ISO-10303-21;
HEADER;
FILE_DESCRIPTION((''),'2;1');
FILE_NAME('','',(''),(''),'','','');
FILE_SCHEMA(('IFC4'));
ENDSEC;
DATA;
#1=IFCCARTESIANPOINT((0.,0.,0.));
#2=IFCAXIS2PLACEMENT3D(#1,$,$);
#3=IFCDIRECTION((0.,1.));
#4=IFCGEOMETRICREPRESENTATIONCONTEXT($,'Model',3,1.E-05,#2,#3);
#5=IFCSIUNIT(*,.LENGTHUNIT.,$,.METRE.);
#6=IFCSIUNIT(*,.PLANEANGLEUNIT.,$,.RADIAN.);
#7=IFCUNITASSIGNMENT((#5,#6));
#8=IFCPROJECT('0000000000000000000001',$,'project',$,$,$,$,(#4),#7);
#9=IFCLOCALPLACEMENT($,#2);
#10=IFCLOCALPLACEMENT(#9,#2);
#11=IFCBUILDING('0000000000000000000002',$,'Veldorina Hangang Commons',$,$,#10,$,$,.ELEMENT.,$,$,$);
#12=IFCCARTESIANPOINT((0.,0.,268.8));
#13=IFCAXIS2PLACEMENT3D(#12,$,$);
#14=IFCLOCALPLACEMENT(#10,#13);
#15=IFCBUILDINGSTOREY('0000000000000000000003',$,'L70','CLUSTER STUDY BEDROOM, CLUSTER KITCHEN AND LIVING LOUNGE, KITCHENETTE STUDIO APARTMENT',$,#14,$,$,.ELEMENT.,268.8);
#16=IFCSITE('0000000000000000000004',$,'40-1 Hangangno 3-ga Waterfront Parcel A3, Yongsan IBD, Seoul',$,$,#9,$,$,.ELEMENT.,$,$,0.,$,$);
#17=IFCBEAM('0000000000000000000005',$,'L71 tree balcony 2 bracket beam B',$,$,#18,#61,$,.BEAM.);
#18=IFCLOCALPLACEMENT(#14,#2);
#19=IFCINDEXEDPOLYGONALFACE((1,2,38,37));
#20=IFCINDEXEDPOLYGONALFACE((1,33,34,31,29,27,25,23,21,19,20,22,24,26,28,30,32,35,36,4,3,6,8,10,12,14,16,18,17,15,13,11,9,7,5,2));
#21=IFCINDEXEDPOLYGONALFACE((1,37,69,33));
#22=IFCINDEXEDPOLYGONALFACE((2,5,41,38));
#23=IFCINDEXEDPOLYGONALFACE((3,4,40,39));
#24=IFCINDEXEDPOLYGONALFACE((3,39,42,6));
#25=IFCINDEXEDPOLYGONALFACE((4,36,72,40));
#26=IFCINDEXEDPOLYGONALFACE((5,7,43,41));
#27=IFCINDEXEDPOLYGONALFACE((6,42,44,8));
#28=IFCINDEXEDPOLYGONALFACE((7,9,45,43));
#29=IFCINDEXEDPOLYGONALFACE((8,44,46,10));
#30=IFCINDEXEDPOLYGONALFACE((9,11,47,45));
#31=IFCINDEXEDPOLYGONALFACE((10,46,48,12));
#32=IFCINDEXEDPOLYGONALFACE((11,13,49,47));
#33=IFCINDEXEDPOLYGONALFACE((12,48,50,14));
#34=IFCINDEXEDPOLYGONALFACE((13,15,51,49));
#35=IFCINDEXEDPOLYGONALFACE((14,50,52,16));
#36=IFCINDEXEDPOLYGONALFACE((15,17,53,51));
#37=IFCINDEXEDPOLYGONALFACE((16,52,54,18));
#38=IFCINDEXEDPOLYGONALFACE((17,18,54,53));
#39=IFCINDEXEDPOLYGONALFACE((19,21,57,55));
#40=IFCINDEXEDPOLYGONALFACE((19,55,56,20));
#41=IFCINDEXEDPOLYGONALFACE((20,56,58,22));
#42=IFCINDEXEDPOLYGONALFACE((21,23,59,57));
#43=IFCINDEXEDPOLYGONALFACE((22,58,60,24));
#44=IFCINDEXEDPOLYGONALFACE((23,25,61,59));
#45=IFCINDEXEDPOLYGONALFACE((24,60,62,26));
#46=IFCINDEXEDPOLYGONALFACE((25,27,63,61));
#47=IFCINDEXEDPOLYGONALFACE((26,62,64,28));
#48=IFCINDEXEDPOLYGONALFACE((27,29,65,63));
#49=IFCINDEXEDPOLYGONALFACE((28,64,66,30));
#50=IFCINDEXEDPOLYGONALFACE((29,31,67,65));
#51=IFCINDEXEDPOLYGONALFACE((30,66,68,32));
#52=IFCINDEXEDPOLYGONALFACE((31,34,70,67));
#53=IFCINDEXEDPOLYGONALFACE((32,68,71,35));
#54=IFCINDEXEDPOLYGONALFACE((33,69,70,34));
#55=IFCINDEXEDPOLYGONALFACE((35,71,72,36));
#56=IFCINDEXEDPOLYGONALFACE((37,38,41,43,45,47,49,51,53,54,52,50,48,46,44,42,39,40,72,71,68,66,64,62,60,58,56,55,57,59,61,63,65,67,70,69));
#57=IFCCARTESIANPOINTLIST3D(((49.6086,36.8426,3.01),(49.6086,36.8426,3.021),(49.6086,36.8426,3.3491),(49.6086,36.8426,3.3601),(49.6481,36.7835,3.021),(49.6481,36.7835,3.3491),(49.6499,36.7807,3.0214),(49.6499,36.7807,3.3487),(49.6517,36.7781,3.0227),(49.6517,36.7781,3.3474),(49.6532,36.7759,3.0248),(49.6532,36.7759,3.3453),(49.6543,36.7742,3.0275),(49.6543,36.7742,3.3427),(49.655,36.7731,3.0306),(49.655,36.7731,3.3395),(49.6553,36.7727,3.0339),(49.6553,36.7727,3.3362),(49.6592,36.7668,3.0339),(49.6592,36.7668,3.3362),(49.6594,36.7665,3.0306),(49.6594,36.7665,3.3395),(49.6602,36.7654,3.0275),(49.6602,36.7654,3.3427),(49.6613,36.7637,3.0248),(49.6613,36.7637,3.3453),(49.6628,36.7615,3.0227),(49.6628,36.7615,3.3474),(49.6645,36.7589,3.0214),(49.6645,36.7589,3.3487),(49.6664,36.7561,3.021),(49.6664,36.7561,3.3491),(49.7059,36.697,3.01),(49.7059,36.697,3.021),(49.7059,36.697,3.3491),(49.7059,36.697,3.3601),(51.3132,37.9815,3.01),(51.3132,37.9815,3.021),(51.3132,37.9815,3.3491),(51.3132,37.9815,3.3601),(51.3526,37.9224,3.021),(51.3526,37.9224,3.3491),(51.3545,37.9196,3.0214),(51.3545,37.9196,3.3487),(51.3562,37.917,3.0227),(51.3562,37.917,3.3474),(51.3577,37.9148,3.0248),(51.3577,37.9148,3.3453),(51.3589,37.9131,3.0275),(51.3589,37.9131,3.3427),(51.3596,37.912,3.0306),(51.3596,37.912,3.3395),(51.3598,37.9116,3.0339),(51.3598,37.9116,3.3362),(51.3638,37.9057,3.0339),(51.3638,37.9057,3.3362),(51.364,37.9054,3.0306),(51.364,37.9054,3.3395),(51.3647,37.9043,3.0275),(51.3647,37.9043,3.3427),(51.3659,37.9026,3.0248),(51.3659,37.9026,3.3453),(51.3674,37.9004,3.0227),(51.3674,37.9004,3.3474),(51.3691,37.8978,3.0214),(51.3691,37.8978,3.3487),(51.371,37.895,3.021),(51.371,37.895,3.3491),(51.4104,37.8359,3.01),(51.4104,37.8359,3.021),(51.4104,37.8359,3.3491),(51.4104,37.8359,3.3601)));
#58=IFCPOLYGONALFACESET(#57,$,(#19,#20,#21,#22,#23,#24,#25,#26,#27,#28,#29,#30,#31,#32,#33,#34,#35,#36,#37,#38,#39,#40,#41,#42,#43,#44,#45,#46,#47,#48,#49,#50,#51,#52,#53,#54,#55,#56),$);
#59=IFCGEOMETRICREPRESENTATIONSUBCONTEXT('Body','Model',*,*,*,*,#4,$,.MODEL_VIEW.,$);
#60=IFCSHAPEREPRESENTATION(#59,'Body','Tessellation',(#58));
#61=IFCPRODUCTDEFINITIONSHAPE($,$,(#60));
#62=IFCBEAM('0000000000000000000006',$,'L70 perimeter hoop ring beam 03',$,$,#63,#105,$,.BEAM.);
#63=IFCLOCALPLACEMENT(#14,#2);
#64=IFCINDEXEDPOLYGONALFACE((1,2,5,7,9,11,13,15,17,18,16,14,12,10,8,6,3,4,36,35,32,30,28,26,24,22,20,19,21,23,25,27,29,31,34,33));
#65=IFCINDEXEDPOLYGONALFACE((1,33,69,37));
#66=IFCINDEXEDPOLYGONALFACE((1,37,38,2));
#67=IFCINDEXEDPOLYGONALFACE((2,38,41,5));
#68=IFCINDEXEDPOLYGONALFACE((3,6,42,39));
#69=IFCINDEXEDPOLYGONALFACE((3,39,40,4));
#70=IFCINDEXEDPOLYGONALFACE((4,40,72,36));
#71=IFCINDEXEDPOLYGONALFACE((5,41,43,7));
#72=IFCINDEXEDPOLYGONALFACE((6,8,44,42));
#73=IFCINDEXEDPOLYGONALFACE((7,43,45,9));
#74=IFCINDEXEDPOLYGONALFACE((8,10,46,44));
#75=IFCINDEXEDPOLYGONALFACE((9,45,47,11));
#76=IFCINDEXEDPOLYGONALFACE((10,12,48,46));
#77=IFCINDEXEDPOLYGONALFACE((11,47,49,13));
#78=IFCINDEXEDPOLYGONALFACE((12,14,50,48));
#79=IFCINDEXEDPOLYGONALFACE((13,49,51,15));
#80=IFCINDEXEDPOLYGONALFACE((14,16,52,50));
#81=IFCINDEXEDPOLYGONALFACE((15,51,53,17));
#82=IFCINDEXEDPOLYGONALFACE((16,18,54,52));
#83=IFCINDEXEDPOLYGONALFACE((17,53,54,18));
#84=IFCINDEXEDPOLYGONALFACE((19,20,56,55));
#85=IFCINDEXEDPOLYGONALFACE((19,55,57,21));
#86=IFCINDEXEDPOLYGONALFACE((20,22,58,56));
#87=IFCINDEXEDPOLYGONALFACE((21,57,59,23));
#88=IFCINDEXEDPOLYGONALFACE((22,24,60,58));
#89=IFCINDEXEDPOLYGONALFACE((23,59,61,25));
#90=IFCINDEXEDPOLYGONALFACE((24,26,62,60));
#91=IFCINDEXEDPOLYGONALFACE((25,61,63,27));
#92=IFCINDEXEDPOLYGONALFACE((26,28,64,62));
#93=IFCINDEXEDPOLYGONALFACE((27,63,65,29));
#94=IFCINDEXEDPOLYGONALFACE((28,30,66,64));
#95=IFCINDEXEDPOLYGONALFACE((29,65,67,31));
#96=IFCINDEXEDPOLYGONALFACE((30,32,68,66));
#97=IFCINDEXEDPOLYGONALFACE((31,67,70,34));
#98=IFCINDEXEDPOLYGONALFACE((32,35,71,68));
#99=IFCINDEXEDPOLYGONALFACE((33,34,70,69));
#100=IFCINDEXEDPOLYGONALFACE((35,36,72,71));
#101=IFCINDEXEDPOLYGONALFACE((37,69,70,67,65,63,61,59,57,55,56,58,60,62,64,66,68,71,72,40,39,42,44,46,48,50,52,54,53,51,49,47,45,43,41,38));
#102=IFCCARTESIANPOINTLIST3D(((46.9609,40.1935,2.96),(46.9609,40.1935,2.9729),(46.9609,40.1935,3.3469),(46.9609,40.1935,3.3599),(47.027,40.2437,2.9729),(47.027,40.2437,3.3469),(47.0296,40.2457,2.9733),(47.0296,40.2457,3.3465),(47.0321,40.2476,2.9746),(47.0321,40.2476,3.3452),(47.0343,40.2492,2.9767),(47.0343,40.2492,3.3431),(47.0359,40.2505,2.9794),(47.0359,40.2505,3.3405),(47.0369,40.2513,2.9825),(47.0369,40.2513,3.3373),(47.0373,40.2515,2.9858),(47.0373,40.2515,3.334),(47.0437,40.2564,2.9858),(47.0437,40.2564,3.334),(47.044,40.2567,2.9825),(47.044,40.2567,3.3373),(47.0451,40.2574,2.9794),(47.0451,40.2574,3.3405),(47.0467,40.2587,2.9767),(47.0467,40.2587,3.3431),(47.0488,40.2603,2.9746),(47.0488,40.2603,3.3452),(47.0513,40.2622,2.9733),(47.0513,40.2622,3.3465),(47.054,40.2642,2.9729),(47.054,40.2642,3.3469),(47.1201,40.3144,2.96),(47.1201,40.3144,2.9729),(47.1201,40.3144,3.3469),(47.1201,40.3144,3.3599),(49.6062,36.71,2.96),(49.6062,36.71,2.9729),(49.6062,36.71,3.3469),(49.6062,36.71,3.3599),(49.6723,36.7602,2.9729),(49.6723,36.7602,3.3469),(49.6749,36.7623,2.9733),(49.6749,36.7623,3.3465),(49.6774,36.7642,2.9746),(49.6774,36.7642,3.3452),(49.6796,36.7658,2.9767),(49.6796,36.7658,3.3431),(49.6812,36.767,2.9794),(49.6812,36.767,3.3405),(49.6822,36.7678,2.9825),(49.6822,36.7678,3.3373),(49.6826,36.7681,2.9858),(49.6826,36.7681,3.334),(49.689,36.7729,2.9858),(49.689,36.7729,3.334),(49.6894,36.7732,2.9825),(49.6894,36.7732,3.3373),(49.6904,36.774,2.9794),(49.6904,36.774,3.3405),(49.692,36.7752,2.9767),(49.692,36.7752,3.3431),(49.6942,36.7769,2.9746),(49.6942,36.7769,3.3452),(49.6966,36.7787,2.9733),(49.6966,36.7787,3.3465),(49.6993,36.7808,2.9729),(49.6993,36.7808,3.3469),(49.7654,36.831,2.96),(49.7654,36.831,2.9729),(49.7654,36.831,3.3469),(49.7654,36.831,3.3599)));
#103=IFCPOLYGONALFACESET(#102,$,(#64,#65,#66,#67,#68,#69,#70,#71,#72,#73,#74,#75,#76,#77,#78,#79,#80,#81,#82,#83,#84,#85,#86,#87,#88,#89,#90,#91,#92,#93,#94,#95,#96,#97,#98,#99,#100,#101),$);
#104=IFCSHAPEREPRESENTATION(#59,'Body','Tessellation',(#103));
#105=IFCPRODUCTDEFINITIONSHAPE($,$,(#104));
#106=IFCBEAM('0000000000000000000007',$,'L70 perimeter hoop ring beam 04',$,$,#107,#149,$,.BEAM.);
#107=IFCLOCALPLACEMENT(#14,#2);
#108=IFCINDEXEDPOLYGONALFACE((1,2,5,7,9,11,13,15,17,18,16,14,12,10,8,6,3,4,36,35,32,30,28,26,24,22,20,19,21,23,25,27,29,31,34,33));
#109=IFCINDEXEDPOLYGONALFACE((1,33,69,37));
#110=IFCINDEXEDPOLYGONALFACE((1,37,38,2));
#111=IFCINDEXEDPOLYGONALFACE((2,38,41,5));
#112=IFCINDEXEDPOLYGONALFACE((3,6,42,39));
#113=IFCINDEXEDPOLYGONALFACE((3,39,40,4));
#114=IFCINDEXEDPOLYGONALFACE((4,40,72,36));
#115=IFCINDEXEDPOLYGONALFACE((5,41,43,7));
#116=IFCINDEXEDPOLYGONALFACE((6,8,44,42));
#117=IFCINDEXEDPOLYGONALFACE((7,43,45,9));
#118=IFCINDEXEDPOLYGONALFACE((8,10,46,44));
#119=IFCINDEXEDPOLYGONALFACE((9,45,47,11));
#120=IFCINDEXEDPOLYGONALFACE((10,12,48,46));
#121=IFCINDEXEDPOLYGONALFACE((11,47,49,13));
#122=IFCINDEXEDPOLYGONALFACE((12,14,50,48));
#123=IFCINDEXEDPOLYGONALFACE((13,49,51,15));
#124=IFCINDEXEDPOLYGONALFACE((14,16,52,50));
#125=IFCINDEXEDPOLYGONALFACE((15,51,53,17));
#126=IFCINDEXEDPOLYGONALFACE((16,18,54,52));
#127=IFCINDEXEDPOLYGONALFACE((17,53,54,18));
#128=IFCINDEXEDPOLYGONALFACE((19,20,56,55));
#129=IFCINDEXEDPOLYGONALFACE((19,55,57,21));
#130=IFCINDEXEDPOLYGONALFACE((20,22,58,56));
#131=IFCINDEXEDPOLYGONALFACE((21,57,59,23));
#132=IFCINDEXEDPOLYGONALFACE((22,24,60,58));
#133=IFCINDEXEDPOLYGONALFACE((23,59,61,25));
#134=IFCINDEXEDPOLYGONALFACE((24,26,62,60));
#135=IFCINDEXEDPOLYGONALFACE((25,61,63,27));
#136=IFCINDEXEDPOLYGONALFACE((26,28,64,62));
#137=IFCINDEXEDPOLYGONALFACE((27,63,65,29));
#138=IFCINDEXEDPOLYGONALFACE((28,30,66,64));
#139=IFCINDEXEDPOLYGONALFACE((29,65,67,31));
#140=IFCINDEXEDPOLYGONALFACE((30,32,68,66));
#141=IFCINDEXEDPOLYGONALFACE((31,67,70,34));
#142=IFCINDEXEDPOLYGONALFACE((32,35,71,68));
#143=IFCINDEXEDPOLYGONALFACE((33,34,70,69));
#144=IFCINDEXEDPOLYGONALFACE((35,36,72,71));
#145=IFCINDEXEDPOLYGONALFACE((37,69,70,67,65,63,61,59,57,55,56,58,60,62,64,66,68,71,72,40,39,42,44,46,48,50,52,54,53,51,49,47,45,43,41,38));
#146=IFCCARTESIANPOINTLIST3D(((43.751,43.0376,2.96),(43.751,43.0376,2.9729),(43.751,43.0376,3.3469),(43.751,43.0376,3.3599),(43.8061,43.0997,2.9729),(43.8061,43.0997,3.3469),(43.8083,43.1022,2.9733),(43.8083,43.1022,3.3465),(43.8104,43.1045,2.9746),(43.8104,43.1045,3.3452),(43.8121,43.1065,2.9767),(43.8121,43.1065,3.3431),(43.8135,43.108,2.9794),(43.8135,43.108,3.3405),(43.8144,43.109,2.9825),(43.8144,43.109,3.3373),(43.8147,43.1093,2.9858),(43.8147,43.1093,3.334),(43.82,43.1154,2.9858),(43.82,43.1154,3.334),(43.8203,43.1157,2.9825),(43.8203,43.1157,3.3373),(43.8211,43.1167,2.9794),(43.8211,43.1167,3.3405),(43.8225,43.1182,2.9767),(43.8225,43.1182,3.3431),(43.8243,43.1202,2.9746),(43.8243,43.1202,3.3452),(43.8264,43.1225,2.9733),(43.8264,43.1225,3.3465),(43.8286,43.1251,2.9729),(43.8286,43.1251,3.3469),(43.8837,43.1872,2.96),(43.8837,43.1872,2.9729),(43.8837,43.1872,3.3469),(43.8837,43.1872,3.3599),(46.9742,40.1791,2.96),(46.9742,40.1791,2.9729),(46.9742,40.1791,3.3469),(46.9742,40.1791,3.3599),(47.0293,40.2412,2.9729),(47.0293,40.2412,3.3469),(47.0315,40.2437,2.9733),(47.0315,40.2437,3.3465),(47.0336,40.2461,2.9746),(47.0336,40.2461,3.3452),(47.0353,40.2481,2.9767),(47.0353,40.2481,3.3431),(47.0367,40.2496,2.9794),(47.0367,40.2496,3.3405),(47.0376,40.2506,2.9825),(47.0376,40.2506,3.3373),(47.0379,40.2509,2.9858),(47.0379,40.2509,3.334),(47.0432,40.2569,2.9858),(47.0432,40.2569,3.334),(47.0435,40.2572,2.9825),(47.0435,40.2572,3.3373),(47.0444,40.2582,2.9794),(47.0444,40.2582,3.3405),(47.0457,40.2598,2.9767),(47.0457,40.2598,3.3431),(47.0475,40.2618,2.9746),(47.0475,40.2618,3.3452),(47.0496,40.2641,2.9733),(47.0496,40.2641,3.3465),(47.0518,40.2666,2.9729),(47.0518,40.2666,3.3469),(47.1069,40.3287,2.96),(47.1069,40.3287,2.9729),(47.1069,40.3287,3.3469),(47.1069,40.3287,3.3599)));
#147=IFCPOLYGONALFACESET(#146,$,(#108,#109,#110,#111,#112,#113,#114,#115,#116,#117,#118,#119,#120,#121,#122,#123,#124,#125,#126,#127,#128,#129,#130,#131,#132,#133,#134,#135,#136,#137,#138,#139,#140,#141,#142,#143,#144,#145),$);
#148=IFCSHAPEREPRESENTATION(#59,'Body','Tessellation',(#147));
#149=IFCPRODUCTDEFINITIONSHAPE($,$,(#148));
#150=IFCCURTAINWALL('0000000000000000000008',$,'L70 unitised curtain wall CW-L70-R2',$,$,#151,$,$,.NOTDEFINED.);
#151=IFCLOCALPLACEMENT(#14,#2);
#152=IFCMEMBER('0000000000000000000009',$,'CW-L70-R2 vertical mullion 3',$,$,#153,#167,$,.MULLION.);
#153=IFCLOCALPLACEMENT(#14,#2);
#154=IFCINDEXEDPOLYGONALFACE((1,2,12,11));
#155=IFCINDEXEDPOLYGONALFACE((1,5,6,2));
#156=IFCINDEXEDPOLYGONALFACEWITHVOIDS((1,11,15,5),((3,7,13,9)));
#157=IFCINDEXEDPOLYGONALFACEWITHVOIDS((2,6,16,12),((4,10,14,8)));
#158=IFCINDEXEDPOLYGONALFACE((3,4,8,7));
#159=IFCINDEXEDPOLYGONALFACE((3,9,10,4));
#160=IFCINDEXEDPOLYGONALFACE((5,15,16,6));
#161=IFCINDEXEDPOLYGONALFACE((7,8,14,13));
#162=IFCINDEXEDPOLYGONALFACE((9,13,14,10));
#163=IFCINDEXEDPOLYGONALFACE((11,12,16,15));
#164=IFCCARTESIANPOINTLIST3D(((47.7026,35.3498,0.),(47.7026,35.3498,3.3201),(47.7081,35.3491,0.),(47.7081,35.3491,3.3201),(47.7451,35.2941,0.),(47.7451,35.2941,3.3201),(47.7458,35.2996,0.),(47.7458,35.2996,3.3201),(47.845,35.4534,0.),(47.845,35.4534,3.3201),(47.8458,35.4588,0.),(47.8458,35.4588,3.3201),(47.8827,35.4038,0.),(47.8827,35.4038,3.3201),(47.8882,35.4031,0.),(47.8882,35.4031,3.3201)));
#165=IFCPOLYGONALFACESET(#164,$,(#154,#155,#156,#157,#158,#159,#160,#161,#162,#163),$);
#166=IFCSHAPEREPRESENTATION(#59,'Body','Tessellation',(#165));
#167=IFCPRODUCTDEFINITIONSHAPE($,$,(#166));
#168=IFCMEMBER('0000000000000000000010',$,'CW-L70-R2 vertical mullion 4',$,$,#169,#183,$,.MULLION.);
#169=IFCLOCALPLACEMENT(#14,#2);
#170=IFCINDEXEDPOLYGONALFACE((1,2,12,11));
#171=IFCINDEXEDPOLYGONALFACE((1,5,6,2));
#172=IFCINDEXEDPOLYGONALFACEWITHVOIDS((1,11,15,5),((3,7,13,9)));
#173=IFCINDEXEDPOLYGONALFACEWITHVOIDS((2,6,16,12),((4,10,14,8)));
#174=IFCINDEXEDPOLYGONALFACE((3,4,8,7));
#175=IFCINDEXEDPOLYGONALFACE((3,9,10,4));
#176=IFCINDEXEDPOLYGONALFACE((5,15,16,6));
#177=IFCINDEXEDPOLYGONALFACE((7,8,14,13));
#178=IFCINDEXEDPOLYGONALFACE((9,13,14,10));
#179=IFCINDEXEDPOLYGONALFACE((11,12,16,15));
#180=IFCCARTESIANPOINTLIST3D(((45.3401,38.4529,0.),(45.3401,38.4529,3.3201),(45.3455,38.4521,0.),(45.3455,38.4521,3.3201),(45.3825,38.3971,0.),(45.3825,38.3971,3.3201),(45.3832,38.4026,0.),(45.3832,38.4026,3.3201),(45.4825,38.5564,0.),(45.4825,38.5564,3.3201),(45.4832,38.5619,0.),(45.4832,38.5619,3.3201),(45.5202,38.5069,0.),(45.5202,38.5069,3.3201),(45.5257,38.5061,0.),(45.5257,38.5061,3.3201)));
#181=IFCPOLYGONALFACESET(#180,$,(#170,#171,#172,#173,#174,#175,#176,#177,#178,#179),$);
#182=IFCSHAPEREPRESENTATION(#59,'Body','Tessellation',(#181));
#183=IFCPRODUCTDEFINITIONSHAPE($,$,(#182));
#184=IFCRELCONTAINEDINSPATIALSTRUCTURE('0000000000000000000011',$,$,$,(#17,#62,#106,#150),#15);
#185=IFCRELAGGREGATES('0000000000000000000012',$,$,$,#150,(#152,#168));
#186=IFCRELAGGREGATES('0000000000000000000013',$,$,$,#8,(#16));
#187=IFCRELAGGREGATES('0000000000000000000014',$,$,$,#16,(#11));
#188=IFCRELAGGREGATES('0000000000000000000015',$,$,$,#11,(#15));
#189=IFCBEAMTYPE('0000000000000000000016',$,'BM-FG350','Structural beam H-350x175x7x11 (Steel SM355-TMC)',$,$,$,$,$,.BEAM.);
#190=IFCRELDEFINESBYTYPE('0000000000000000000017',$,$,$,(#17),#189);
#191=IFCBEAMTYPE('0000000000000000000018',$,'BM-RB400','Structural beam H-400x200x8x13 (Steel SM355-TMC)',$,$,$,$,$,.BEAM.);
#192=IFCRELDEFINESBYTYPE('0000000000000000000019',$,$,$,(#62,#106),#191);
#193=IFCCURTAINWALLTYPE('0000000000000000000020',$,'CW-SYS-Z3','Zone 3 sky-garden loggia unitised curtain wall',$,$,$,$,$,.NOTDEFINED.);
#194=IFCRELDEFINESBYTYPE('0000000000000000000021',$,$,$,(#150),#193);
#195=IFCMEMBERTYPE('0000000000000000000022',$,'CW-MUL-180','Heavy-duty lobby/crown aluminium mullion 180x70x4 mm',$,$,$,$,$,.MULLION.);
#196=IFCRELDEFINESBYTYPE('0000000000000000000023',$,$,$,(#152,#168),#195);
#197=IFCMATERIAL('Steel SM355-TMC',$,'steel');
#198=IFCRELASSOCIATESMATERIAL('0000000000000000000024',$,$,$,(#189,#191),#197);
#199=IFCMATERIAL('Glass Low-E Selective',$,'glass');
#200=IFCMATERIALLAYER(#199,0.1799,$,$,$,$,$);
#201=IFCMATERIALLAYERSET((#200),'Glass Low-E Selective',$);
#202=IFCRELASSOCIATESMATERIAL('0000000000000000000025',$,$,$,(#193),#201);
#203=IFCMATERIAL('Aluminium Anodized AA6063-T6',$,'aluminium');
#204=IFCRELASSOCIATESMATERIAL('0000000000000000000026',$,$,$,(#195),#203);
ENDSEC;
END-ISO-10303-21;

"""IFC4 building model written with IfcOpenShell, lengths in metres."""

from ifc_helpers import new_model, si_unit, direction, frame, origin, origin_2d, place, context, subcontext, project, spatial, hollow_rectangle, i_section, extrude, material, layer, layer_set, material_profile, profile_set, type_object, element, aggregate, save


model = new_model("IFC4")

# Units and contexts
model_context = context("Model", 3, precision=1e-05, world=origin(), true_north=direction((0.0, 1.0)))
body_context = subcontext(model_context, "Body", "Model", "MODEL_VIEW")
ifc_project = project(units=[si_unit("LENGTHUNIT", "METRE"), si_unit("PLANEANGLEUNIT", "RADIAN")], contexts=[model_context])

# Site, building, storey
site_placement = place(None, origin())
site = spatial("IfcSite", under=ifc_project, at=site_placement, Name="40-1 Hangangno 3-ga Waterfront Parcel A3, Yongsan IBD, Seoul", CompositionType="ELEMENT", RefElevation=0.0)
building_placement = place(site_placement, origin())
building = spatial("IfcBuilding", under=site, at=building_placement, Name="Veldorina Hangang Commons", CompositionType="ELEMENT")
storey_placement = place(building_placement, frame((0.0, 0.0, 268.8)))
storey = spatial("IfcBuildingStorey", under=building, at=storey_placement, Name="L70", Description="CLUSTER STUDY BEDROOM, CLUSTER KITCHEN AND LIVING LOUNGE, KITCHENETTE STUDIO APARTMENT", CompositionType="ELEMENT", Elevation=268.8)

# Beams
ifc_material_1 = material(Name="Steel SM355-TMC", Category="steel")
ifc_material_profile_1 = material_profile(ifc_material_1, i_section(OverallWidth=0.175, OverallDepth=0.3501, WebThickness=0.0071, FlangeThickness=0.011, FilletRadius=0.0129, at=origin_2d()), Name="H-350x175x7x11")
ifc_profile_set_1 = profile_set([ifc_material_profile_1], Name="Steel SM355-TMC")
beam_type_1 = type_object("IfcBeamType", Name="BM-FG350", Description="Structural beam H-350x175x7x11 (Steel SM355-TMC)", PredefinedType="BEAM", material=ifc_profile_set_1)
beam_1_placement = place(storey_placement, frame((49.6572, 36.7698, 3.1851), z_axis=(0.831482, 0.555552, 0.0), x_axis=(-0.555552, 0.831482, 0.0)))
element("IfcBeam", 1, at=beam_1_placement, inside=storey, type_object=beam_type_1, Name="L71 tree balcony 2 bracket beam B", PredefinedType="BEAM", context=body_context, shape_type="SweptSolid", body=[
    extrude(i_section(OverallWidth=0.175, OverallDepth=0.3501, WebThickness=0.0071, FlangeThickness=0.011, FilletRadius=0.0129, at=origin_2d()), origin(), (0.0, 0.0, 1.0), 2.05),
])
ifc_material_profile_2 = material_profile(ifc_material_1, i_section(OverallWidth=0.2, OverallDepth=0.3999, WebThickness=0.0081, FlangeThickness=0.0129, FilletRadius=0.0129, at=origin_2d()), Name="H-400x200x8x13")
ifc_profile_set_2 = profile_set([ifc_material_profile_2], Name="Steel SM355-TMC")
beam_type_2 = type_object("IfcBeamType", Name="BM-RB400", Description="Structural beam H-400x200x8x13 (Steel SM355-TMC)", PredefinedType="BEAM", material=ifc_profile_set_2)
beam_2_placement = place(storey_placement, frame((49.6858, 36.7705, 3.1599), z_axis=(-0.604776, 0.796396, 0.0), x_axis=(-0.796396, -0.604776, 0.0)))
element("IfcBeam", 2, at=beam_2_placement, inside=storey, type_object=beam_type_2, Name="L70 perimeter hoop ring beam 03", PredefinedType="BEAM", context=body_context, shape_type="SweptSolid", body=[
    extrude(i_section(OverallWidth=0.2, OverallDepth=0.3999, WebThickness=0.0081, FlangeThickness=0.0129, FilletRadius=0.0129, at=origin_2d()), origin(), (0.0, 0.0, 1.0), 4.374),
])
beam_3_placement = place(storey_placement, frame((47.0405, 40.2539, 3.1599), z_axis=(-0.748172, 0.663505, 0.0), x_axis=(-0.663505, -0.748172, 0.0)))
element("IfcBeam", 3, at=beam_3_placement, inside=storey, type_object=beam_type_2, Name="L70 perimeter hoop ring beam 04", PredefinedType="BEAM", context=body_context, shape_type="SweptSolid", body=[
    extrude(i_section(OverallWidth=0.2, OverallDepth=0.3999, WebThickness=0.0081, FlangeThickness=0.0129, FilletRadius=0.0129, at=origin_2d()), origin(), (0.0, 0.0, 1.0), 4.3081),
])

# Curtain wall, members
ifc_material_2 = material(Name="Glass Low-E Selective", Category="glass")
ifc_layer_1 = layer(ifc_material_2, 0.1799)
ifc_layer_set_1 = layer_set([ifc_layer_1], Name="Glass Low-E Selective")
curtain_wall_type = type_object("IfcCurtainWallType", Name="CW-SYS-Z3", Description="Zone 3 sky-garden loggia unitised curtain wall", PredefinedType="NOTDEFINED", material=ifc_layer_set_1)
curtain_wall_placement = place(storey_placement, origin())
curtain_wall = element("IfcCurtainWall", 4, at=curtain_wall_placement, inside=storey, type_object=curtain_wall_type, Name="L70 unitised curtain wall CW-L70-R2", PredefinedType="NOTDEFINED")
ifc_material_3 = material(Name="Aluminium Anodized AA6063-T6", Category="aluminium")
ifc_material_profile_3 = material_profile(ifc_material_3, hollow_rectangle(XDim=0.0701, YDim=0.1799, WallThickness=0.0039, at=origin_2d()), Name="ALU-RHS-180x70x4")
ifc_profile_set_3 = profile_set([ifc_material_profile_3], Name="Aluminium Anodized AA6063-T6")
member_type_1 = type_object("IfcMemberType", Name="CW-MUL-180", Description="Heavy-duty lobby/crown aluminium mullion 180x70x4 mm", PredefinedType="MULLION", material=ifc_profile_set_3)
member_1_placement = place(storey_placement, frame((47.7954, 35.3765, 0.0), z_axis=(0.0, 0.0, 1.0), x_axis=(-0.605766, 0.795643, 0.0)))
member_1 = element("IfcMember", 5, at=member_1_placement, type_object=member_type_1, Name="CW-L70-R2 vertical mullion 3", PredefinedType="MULLION", context=body_context, shape_type="SweptSolid", body=[
    extrude(hollow_rectangle(XDim=0.0701, YDim=0.1799, WallThickness=0.0039, at=origin_2d()), origin(), (0.0, 0.0, 1.0), 3.3201),
])
member_2_placement = place(storey_placement, frame((45.4329, 38.4795, 0.0), z_axis=(0.0, 0.0, 1.0), x_axis=(0.605766, -0.795643, 0.0)))
member_2 = element("IfcMember", 6, at=member_2_placement, type_object=member_type_1, Name="CW-L70-R2 vertical mullion 4", PredefinedType="MULLION", context=body_context, shape_type="SweptSolid", body=[
    extrude(hollow_rectangle(XDim=0.0701, YDim=0.1799, WallThickness=0.0039, at=origin_2d()), origin(), (0.0, 0.0, 1.0), 3.3201),
])

aggregate(curtain_wall, [member_1, member_2])

save(model, "model.ifc")
